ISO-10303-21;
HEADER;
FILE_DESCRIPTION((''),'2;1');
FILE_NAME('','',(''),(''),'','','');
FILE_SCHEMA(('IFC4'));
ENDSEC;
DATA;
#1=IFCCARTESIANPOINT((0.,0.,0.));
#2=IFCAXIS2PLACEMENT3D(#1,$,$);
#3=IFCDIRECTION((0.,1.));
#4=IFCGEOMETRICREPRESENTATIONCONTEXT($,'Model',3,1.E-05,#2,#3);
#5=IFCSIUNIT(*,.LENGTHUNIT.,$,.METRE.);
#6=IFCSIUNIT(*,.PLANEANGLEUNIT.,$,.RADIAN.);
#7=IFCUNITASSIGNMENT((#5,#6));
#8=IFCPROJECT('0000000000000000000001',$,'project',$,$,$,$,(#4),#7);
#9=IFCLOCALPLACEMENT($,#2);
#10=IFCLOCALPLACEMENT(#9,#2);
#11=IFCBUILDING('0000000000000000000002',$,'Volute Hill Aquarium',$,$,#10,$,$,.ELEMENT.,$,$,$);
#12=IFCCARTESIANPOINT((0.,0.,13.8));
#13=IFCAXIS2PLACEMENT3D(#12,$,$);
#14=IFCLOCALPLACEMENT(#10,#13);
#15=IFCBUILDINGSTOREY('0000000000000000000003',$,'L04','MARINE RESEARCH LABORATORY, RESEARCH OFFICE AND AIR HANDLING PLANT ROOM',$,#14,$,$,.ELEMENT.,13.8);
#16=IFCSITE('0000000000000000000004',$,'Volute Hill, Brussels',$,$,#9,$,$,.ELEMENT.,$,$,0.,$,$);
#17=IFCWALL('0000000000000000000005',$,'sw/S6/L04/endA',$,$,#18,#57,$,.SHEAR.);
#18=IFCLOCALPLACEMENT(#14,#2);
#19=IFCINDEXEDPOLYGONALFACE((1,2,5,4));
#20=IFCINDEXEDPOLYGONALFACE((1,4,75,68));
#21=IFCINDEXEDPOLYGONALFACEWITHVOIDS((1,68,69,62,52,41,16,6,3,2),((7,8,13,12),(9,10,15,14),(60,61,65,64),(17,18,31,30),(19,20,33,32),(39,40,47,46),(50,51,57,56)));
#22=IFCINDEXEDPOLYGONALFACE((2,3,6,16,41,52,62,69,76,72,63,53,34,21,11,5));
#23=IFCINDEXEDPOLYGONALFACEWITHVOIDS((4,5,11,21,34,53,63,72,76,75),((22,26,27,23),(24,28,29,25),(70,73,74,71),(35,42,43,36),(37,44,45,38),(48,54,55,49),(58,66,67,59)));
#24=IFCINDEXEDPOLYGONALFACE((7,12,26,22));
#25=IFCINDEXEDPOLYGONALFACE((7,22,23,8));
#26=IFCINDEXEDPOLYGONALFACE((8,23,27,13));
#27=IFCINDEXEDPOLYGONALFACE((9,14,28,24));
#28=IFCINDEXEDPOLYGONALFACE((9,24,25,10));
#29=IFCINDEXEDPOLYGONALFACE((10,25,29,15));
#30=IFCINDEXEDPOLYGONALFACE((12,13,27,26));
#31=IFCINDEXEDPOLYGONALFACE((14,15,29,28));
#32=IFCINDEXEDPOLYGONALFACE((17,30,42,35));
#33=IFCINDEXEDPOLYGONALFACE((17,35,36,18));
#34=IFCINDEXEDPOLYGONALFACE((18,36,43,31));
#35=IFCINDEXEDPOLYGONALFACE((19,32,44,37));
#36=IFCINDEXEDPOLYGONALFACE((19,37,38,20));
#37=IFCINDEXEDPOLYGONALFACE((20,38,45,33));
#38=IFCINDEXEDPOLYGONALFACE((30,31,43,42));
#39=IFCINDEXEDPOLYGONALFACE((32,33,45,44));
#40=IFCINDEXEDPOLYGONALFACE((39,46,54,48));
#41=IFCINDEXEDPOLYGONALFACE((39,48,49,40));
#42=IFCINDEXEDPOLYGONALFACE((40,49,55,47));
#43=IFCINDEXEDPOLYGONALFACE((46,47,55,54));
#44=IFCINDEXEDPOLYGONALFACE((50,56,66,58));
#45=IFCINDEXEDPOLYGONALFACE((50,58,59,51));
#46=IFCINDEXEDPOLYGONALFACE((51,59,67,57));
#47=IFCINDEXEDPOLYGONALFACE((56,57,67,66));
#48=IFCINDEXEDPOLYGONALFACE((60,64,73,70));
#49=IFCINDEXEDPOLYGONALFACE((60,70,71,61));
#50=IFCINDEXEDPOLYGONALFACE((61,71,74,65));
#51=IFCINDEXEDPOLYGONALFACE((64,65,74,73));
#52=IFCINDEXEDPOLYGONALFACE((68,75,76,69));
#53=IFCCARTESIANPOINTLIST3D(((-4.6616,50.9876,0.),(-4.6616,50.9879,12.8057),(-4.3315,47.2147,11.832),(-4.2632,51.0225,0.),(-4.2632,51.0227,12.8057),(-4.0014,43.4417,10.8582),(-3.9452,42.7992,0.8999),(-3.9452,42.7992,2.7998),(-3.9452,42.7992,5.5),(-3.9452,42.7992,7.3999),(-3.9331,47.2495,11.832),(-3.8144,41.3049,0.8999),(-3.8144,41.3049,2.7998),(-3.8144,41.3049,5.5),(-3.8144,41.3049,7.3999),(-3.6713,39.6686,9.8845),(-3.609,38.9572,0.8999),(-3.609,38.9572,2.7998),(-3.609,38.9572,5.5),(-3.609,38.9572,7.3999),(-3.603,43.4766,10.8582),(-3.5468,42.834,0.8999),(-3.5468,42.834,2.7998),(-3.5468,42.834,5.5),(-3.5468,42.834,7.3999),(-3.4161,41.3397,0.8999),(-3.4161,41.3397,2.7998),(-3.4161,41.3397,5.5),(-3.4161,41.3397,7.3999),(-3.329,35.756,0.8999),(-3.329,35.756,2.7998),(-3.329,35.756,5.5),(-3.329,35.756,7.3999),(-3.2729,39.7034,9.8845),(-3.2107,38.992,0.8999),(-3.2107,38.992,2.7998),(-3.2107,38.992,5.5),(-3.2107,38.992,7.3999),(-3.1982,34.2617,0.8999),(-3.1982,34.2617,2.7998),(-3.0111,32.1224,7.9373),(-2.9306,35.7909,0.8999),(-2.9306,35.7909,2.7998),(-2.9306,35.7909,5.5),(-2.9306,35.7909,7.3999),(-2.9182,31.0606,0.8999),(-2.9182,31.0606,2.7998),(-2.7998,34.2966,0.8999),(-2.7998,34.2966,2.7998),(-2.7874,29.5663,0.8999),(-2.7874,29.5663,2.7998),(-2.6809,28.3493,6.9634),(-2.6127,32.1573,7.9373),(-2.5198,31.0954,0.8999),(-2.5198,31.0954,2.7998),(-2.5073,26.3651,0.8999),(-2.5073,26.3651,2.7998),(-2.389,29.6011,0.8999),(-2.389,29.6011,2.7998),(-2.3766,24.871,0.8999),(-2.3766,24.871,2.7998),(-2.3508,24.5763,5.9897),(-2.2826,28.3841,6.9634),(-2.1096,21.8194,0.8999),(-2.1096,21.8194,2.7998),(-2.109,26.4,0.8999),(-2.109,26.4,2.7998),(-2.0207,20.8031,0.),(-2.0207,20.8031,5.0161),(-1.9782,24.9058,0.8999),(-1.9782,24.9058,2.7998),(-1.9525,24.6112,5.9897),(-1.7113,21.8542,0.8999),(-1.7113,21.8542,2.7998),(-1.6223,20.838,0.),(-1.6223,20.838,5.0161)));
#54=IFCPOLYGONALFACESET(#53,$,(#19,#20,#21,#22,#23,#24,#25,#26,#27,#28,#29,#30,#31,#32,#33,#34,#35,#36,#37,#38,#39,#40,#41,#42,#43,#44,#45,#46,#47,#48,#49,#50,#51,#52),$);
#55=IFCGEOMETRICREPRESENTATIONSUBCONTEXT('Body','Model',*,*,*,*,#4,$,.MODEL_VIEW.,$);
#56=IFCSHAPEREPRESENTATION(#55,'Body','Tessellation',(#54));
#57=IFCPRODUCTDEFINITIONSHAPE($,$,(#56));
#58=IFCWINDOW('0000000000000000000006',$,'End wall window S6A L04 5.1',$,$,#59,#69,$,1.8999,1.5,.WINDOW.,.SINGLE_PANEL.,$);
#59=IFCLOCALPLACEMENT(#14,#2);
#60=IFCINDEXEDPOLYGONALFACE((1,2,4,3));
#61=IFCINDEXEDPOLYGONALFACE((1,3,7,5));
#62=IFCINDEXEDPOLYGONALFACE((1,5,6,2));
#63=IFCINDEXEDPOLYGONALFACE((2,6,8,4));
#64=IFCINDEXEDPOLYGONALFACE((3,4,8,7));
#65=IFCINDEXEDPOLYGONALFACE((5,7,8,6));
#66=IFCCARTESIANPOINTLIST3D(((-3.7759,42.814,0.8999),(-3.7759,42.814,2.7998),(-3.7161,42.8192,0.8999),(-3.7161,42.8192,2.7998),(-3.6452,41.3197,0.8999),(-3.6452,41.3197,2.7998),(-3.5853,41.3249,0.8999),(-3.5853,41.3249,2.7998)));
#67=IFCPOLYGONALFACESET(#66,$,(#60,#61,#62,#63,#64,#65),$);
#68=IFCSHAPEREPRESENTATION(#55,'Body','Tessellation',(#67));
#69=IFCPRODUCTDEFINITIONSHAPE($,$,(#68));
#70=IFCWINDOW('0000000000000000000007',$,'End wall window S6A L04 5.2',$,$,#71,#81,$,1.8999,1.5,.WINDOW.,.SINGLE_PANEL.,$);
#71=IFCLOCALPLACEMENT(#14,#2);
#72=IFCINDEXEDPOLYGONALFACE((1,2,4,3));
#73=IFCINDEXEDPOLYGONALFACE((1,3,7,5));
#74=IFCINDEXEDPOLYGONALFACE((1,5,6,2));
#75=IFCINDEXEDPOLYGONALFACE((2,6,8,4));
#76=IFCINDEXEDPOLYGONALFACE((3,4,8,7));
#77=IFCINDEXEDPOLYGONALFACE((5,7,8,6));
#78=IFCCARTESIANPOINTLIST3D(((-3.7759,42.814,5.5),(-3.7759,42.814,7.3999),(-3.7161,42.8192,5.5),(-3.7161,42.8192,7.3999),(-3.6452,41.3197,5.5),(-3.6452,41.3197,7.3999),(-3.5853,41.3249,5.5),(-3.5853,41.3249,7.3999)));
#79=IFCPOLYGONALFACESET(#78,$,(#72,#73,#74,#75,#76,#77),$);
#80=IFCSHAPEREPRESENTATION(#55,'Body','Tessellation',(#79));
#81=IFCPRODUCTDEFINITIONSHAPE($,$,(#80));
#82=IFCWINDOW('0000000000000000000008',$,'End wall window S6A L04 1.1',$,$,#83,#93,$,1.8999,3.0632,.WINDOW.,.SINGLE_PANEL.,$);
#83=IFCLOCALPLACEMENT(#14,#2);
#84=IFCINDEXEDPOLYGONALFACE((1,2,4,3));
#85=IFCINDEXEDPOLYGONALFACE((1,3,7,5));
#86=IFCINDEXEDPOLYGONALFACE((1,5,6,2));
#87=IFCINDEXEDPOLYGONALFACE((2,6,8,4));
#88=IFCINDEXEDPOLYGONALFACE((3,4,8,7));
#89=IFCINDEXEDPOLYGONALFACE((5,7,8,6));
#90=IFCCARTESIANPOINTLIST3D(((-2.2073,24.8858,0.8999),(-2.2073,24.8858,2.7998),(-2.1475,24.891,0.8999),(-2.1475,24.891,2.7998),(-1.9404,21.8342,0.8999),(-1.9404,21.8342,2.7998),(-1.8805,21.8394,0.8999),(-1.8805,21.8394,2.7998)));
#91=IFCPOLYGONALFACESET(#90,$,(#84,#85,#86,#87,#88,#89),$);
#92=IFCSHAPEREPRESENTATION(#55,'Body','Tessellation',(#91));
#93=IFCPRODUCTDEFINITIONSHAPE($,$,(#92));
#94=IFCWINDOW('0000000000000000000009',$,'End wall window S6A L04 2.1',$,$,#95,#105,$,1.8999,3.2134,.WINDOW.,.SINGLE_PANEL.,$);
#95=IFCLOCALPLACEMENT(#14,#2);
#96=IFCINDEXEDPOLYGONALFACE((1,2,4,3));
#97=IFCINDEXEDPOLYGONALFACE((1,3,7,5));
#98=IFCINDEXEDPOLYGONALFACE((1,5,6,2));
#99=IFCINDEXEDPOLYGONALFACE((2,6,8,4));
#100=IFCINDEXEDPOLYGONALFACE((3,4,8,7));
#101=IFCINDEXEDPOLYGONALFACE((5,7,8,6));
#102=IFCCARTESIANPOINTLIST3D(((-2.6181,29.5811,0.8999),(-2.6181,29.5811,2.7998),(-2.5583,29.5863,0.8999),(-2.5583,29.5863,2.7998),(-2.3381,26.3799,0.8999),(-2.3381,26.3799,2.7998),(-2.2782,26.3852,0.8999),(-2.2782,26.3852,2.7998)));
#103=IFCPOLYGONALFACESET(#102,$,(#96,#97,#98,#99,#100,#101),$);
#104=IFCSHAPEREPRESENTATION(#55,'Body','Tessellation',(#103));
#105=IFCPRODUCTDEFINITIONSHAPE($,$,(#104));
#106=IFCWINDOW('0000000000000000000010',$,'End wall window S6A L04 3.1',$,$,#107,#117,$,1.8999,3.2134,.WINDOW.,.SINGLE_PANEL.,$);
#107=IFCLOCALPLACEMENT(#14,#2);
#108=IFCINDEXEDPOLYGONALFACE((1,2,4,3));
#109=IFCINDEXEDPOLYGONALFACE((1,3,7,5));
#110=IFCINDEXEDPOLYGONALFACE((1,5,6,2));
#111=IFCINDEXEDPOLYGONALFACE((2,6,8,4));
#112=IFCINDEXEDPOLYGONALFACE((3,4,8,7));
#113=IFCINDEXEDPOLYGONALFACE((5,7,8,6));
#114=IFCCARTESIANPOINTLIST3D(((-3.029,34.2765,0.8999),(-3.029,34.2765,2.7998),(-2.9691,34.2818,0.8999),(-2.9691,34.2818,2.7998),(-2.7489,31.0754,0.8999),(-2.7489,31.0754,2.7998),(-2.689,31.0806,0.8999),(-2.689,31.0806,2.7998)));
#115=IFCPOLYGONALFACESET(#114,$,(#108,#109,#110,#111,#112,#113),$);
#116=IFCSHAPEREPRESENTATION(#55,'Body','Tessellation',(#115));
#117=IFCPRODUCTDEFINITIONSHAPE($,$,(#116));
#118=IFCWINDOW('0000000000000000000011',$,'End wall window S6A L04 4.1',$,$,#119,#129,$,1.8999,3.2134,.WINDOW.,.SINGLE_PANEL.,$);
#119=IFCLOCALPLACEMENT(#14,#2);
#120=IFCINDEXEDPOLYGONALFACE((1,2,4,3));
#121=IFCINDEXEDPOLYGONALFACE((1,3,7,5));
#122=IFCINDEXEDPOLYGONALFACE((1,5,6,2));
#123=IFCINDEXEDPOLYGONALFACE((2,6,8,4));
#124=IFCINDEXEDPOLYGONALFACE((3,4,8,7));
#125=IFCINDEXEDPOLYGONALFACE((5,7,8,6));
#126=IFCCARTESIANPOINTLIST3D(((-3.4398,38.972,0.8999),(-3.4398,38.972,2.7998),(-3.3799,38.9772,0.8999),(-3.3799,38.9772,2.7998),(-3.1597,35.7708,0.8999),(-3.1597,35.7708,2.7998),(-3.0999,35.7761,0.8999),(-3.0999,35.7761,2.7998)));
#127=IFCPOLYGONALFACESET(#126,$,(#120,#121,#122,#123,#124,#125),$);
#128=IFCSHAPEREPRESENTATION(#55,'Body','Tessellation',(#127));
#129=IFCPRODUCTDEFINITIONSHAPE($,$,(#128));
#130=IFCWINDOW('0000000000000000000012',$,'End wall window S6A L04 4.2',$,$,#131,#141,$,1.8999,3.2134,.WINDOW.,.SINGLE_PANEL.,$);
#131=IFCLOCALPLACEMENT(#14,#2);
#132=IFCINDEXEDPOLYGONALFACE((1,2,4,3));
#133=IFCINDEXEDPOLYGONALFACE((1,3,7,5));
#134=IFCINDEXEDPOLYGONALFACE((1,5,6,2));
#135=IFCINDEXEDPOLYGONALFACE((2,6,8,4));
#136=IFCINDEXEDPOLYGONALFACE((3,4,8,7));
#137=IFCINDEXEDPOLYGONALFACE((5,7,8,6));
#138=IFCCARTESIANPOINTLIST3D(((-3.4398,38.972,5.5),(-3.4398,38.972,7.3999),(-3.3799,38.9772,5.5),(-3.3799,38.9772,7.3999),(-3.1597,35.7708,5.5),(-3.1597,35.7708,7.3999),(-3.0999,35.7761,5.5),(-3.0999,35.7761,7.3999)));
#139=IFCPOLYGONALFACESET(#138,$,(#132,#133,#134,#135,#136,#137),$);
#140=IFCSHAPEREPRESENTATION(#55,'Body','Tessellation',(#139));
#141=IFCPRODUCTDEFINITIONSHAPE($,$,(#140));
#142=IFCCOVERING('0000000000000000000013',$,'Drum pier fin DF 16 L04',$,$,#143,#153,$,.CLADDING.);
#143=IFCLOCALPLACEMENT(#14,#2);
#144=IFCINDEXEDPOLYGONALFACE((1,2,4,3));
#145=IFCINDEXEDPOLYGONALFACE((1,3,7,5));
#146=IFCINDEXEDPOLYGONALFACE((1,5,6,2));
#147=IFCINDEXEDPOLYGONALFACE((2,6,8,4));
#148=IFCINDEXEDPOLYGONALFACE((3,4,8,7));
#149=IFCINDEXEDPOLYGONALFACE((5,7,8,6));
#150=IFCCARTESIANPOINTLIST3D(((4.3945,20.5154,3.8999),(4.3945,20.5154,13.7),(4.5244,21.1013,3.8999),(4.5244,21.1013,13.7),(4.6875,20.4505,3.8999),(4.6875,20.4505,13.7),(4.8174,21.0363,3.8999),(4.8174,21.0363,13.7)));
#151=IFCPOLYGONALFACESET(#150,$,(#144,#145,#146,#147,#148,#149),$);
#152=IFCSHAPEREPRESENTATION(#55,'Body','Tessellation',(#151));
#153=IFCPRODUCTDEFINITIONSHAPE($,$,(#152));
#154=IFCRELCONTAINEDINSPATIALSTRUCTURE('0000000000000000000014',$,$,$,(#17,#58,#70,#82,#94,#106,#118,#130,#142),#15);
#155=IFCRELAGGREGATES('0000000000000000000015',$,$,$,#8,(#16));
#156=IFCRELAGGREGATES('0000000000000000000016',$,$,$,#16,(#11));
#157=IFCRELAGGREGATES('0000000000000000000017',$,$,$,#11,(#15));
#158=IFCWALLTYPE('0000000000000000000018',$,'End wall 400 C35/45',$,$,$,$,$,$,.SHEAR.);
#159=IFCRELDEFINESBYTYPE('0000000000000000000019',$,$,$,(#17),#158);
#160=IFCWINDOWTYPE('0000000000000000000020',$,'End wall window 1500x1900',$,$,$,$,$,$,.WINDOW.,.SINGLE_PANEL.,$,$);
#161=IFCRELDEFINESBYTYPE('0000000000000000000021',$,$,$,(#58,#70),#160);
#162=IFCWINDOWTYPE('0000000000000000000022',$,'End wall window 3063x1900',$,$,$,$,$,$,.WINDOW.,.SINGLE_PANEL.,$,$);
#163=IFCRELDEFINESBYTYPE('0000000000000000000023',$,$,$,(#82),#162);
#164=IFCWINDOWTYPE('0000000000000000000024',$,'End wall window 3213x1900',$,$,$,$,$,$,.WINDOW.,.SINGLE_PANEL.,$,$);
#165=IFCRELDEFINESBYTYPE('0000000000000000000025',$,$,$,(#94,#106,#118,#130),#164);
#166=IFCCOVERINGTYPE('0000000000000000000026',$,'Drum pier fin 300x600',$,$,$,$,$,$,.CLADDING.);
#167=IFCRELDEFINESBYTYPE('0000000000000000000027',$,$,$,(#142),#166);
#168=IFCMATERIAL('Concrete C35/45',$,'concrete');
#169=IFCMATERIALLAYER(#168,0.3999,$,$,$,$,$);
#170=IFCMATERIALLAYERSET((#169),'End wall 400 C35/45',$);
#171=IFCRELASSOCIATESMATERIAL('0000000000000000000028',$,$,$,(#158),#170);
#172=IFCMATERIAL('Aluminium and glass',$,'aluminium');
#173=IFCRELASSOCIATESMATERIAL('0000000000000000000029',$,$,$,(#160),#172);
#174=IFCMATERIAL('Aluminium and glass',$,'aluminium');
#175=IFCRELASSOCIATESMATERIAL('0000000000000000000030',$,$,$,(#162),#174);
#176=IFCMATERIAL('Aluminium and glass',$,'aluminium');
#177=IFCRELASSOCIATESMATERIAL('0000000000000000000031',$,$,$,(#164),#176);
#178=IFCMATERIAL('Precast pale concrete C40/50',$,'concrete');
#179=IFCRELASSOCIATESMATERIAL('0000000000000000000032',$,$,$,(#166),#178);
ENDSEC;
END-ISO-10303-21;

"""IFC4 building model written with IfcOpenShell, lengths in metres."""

from ifc_helpers import new_model, si_unit, direction, frame, frame_2d, origin, origin_2d, place, context, subcontext, project, spatial, polyline, rectangle, outline, extrude, material, layer, layer_set, type_object, element, fill, save


model = new_model("IFC4")

# Units and contexts
model_context = context("Model", 3, precision=1e-05, world=origin(), true_north=direction((0.0, 1.0)))
body_context = subcontext(model_context, "Body", "Model", "MODEL_VIEW")
ifc_project = project(units=[si_unit("LENGTHUNIT", "METRE"), si_unit("PLANEANGLEUNIT", "RADIAN")], contexts=[model_context])

# Site, building, storey
site_placement = place(None, origin())
site = spatial("IfcSite", under=ifc_project, at=site_placement, Name="Volute Hill, Brussels", CompositionType="ELEMENT", RefElevation=0.0)
building_placement = place(site_placement, origin())
building = spatial("IfcBuilding", under=site, at=building_placement, Name="Volute Hill Aquarium", CompositionType="ELEMENT")
storey_placement = place(building_placement, frame((0.0, 0.0, 13.8)))
storey = spatial("IfcBuildingStorey", under=building, at=storey_placement, Name="L04", Description="MARINE RESEARCH LABORATORY, RESEARCH OFFICE AND AIR HANDLING PLANT ROOM", CompositionType="ELEMENT", Elevation=13.8)

# Wall, openings, windows
ifc_material_1 = material(Name="Concrete C35/45", Category="concrete")
ifc_layer_1 = layer(ifc_material_1, 0.3999)
ifc_layer_set_1 = layer_set([ifc_layer_1], Name="End wall 400 C35/45")
wall_type_1 = type_object("IfcWallType", Name="End wall 400 C35/45", PredefinedType="SHEAR", material=ifc_layer_set_1)
wall_1_placement = place(storey_placement, frame((-1.8215, 20.8206, 0.0), z_axis=(0.0, 0.0, 1.0), x_axis=(-0.087158, 0.996195, 0.0)))
wall_1 = element("IfcWall", 1, at=wall_1_placement, inside=storey, type_object=wall_type_1, Name="sw/S6/L04/endA", PredefinedType="SHEAR", context=body_context, shape_type="SweptSolid", body=[
    extrude(outline(polyline([(0.0, 0.0), (30.2998, 0.0), (30.3, 12.8057), (26.5125, 11.832), (22.7251, 10.8582), (18.9375, 9.8845), (15.1499, 8.9109), (11.3625, 7.9373), (7.575, 6.9634), (3.7876, 5.9897), (0.0, 5.0161), (0.0, 0.0)])), frame((0.0, 0.2, 0.0), z_axis=(0.0, -1.0, 0.0), x_axis=(1.0, 0.0, 0.0)), (0.0, 0.0, 1.0), 0.3999),
])
opening_1_placement = place(wall_1_placement, frame((1.02, 0.0, 0.8999)))
opening_1 = element("IfcOpeningElement", 2, at=opening_1_placement, cuts=wall_1, PredefinedType="OPENING", context=body_context, shape_type="SweptSolid", body=[
    extrude(rectangle(XDim=3.0632, YDim=1.8999, at=frame_2d((1.5317, 0.95))), frame((0.0, 0.21, 0.0), z_axis=(0.0, -1.0, 0.0), x_axis=(1.0, 0.0, 0.0)), (0.0, 0.0, 1.0), 0.4199),
])
opening_2_placement = place(wall_1_placement, frame((5.5833, 0.0, 0.8999)))
opening_2 = element("IfcOpeningElement", 3, at=opening_2_placement, cuts=wall_1, PredefinedType="OPENING", context=body_context, shape_type="SweptSolid", body=[
    extrude(rectangle(XDim=3.2134, YDim=1.8999, at=frame_2d((1.6067, 0.95))), frame((0.0, 0.21, 0.0), z_axis=(0.0, -1.0, 0.0), x_axis=(1.0, 0.0, 0.0)), (0.0, 0.0, 1.0), 0.4199),
])
opening_3_placement = place(wall_1_placement, frame((10.2966, 0.0, 0.8999)))
opening_3 = element("IfcOpeningElement", 4, at=opening_3_placement, cuts=wall_1, PredefinedType="OPENING", context=body_context, shape_type="SweptSolid", body=[
    extrude(rectangle(XDim=3.2134, YDim=1.8999, at=frame_2d((1.6067, 0.95))), frame((0.0, 0.21, 0.0), z_axis=(0.0, -1.0, 0.0), x_axis=(1.0, 0.0, 0.0)), (0.0, 0.0, 1.0), 0.4199),
])
opening_4_placement = place(wall_1_placement, frame((15.01, 0.0, 0.8999)))
opening_4 = element("IfcOpeningElement", 5, at=opening_4_placement, cuts=wall_1, PredefinedType="OPENING", context=body_context, shape_type="SweptSolid", body=[
    extrude(rectangle(XDim=3.2134, YDim=1.8999, at=frame_2d((1.6067, 0.95))), frame((0.0, 0.21, 0.0), z_axis=(0.0, -1.0, 0.0), x_axis=(1.0, 0.0, 0.0)), (0.0, 0.0, 1.0), 0.4199),
])
opening_5_placement = place(wall_1_placement, frame((15.01, 0.0, 5.5)))
opening_5 = element("IfcOpeningElement", 6, at=opening_5_placement, cuts=wall_1, PredefinedType="OPENING", context=body_context, shape_type="SweptSolid", body=[
    extrude(rectangle(XDim=3.2134, YDim=1.8999, at=frame_2d((1.6067, 0.95))), frame((0.0, 0.21, 0.0), z_axis=(0.0, -1.0, 0.0), x_axis=(1.0, 0.0, 0.0)), (0.0, 0.0, 1.0), 0.4199),
])
opening_6_placement = place(wall_1_placement, frame((20.5801, 0.0, 0.8999)))
opening_6 = element("IfcOpeningElement", 7, at=opening_6_placement, cuts=wall_1, PredefinedType="OPENING", context=body_context, shape_type="SweptSolid", body=[
    extrude(rectangle(XDim=1.5, YDim=1.8999, at=frame_2d((0.75, 0.95))), frame((0.0, 0.21, 0.0), z_axis=(0.0, -1.0, 0.0), x_axis=(1.0, 0.0, 0.0)), (0.0, 0.0, 1.0), 0.4199),
])
opening_7_placement = place(wall_1_placement, frame((20.5801, 0.0, 5.5)))
opening_7 = element("IfcOpeningElement", 8, at=opening_7_placement, cuts=wall_1, PredefinedType="OPENING", context=body_context, shape_type="SweptSolid", body=[
    extrude(rectangle(XDim=1.5, YDim=1.8999, at=frame_2d((0.75, 0.95))), frame((0.0, 0.21, 0.0), z_axis=(0.0, -1.0, 0.0), x_axis=(1.0, 0.0, 0.0)), (0.0, 0.0, 1.0), 0.4199),
])
ifc_material_2 = material(Name="Aluminium and glass", Category="aluminium")
window_type_1 = type_object("IfcWindowType", Name="End wall window 1500x1900", PartitioningType="SINGLE_PANEL", PredefinedType="WINDOW", material=ifc_material_2)
window_1_placement = place(opening_6_placement, origin())
window_1 = element("IfcWindow", 9, at=window_1_placement, inside=storey, type_object=window_type_1, Name="End wall window S6A L04 5.1", OverallHeight=1.8999, OverallWidth=1.5, PartitioningType="SINGLE_PANEL", PredefinedType="WINDOW", context=body_context, shape_type="SweptSolid", body=[
    extrude(rectangle(XDim=1.5, YDim=1.8999, at=frame_2d((0.75, 0.95))), frame((0.0, 0.03, 0.0), z_axis=(0.0, -1.0, 0.0), x_axis=(1.0, 0.0, 0.0)), (0.0, 0.0, 1.0), 0.0601),
])
fill(opening_6, window_1)
window_2_placement = place(opening_7_placement, origin())
window_2 = element("IfcWindow", 10, at=window_2_placement, inside=storey, type_object=window_type_1, Name="End wall window S6A L04 5.2", OverallHeight=1.8999, OverallWidth=1.5, PartitioningType="SINGLE_PANEL", PredefinedType="WINDOW", context=body_context, shape_type="SweptSolid", body=[
    extrude(rectangle(XDim=1.5, YDim=1.8999, at=frame_2d((0.75, 0.95))), frame((0.0, 0.03, 0.0), z_axis=(0.0, -1.0, 0.0), x_axis=(1.0, 0.0, 0.0)), (0.0, 0.0, 1.0), 0.0601),
])
fill(opening_7, window_2)
ifc_material_3 = material(Name="Aluminium and glass", Category="aluminium")
window_type_2 = type_object("IfcWindowType", Name="End wall window 3063x1900", PartitioningType="SINGLE_PANEL", PredefinedType="WINDOW", material=ifc_material_3)
window_3_placement = place(opening_1_placement, origin())
window_3 = element("IfcWindow", 11, at=window_3_placement, inside=storey, type_object=window_type_2, Name="End wall window S6A L04 1.1", OverallHeight=1.8999, OverallWidth=3.0632, PartitioningType="SINGLE_PANEL", PredefinedType="WINDOW", context=body_context, shape_type="SweptSolid", body=[
    extrude(rectangle(XDim=3.0632, YDim=1.8999, at=frame_2d((1.5317, 0.95))), frame((0.0, 0.03, 0.0), z_axis=(0.0, -1.0, 0.0), x_axis=(1.0, 0.0, 0.0)), (0.0, 0.0, 1.0), 0.0601),
])
fill(opening_1, window_3)
ifc_material_4 = material(Name="Aluminium and glass", Category="aluminium")
window_type_3 = type_object("IfcWindowType", Name="End wall window 3213x1900", PartitioningType="SINGLE_PANEL", PredefinedType="WINDOW", material=ifc_material_4)
window_4_placement = place(opening_2_placement, origin())
window_4 = element("IfcWindow", 12, at=window_4_placement, inside=storey, type_object=window_type_3, Name="End wall window S6A L04 2.1", OverallHeight=1.8999, OverallWidth=3.2134, PartitioningType="SINGLE_PANEL", PredefinedType="WINDOW", context=body_context, shape_type="SweptSolid", body=[
    extrude(rectangle(XDim=3.2134, YDim=1.8999, at=frame_2d((1.6067, 0.95))), frame((0.0, 0.03, 0.0), z_axis=(0.0, -1.0, 0.0), x_axis=(1.0, 0.0, 0.0)), (0.0, 0.0, 1.0), 0.0601),
])
fill(opening_2, window_4)
window_5_placement = place(opening_3_placement, origin())
window_5 = element("IfcWindow", 13, at=window_5_placement, inside=storey, type_object=window_type_3, Name="End wall window S6A L04 3.1", OverallHeight=1.8999, OverallWidth=3.2134, PartitioningType="SINGLE_PANEL", PredefinedType="WINDOW", context=body_context, shape_type="SweptSolid", body=[
    extrude(rectangle(XDim=3.2134, YDim=1.8999, at=frame_2d((1.6067, 0.95))), frame((0.0, 0.03, 0.0), z_axis=(0.0, -1.0, 0.0), x_axis=(1.0, 0.0, 0.0)), (0.0, 0.0, 1.0), 0.0601),
])
fill(opening_3, window_5)
window_6_placement = place(opening_4_placement, origin())
window_6 = element("IfcWindow", 14, at=window_6_placement, inside=storey, type_object=window_type_3, Name="End wall window S6A L04 4.1", OverallHeight=1.8999, OverallWidth=3.2134, PartitioningType="SINGLE_PANEL", PredefinedType="WINDOW", context=body_context, shape_type="SweptSolid", body=[
    extrude(rectangle(XDim=3.2134, YDim=1.8999, at=frame_2d((1.6067, 0.95))), frame((0.0, 0.03, 0.0), z_axis=(0.0, -1.0, 0.0), x_axis=(1.0, 0.0, 0.0)), (0.0, 0.0, 1.0), 0.0601),
])
fill(opening_4, window_6)
window_7_placement = place(opening_5_placement, origin())
window_7 = element("IfcWindow", 15, at=window_7_placement, inside=storey, type_object=window_type_3, Name="End wall window S6A L04 4.2", OverallHeight=1.8999, OverallWidth=3.2134, PartitioningType="SINGLE_PANEL", PredefinedType="WINDOW", context=body_context, shape_type="SweptSolid", body=[
    extrude(rectangle(XDim=3.2134, YDim=1.8999, at=frame_2d((1.6067, 0.95))), frame((0.0, 0.03, 0.0), z_axis=(0.0, -1.0, 0.0), x_axis=(1.0, 0.0, 0.0)), (0.0, 0.0, 1.0), 0.0601),
])
fill(opening_5, window_7)

# Covering
ifc_material_5 = material(Name="Precast pale concrete C40/50", Category="concrete")
covering_type_1 = type_object("IfcCoveringType", Name="Drum pier fin 300x600", PredefinedType="CLADDING", material=ifc_material_5)
covering_1_placement = place(storey_placement, frame((4.606, 20.7759, 3.8999), z_axis=(0.0, 0.0, 1.0), x_axis=(-0.976296, 0.21644, 0.0)))
element("IfcCovering", 16, at=covering_1_placement, inside=storey, type_object=covering_type_1, Name="Drum pier fin DF 16 L04", PredefinedType="CLADDING", context=body_context, shape_type="SweptSolid", body=[
    extrude(rectangle(XDim=0.3, YDim=0.6001, at=origin_2d()), origin(), (0.0, 0.0, 1.0), 9.8),
])

save(model, "model.ifc")
